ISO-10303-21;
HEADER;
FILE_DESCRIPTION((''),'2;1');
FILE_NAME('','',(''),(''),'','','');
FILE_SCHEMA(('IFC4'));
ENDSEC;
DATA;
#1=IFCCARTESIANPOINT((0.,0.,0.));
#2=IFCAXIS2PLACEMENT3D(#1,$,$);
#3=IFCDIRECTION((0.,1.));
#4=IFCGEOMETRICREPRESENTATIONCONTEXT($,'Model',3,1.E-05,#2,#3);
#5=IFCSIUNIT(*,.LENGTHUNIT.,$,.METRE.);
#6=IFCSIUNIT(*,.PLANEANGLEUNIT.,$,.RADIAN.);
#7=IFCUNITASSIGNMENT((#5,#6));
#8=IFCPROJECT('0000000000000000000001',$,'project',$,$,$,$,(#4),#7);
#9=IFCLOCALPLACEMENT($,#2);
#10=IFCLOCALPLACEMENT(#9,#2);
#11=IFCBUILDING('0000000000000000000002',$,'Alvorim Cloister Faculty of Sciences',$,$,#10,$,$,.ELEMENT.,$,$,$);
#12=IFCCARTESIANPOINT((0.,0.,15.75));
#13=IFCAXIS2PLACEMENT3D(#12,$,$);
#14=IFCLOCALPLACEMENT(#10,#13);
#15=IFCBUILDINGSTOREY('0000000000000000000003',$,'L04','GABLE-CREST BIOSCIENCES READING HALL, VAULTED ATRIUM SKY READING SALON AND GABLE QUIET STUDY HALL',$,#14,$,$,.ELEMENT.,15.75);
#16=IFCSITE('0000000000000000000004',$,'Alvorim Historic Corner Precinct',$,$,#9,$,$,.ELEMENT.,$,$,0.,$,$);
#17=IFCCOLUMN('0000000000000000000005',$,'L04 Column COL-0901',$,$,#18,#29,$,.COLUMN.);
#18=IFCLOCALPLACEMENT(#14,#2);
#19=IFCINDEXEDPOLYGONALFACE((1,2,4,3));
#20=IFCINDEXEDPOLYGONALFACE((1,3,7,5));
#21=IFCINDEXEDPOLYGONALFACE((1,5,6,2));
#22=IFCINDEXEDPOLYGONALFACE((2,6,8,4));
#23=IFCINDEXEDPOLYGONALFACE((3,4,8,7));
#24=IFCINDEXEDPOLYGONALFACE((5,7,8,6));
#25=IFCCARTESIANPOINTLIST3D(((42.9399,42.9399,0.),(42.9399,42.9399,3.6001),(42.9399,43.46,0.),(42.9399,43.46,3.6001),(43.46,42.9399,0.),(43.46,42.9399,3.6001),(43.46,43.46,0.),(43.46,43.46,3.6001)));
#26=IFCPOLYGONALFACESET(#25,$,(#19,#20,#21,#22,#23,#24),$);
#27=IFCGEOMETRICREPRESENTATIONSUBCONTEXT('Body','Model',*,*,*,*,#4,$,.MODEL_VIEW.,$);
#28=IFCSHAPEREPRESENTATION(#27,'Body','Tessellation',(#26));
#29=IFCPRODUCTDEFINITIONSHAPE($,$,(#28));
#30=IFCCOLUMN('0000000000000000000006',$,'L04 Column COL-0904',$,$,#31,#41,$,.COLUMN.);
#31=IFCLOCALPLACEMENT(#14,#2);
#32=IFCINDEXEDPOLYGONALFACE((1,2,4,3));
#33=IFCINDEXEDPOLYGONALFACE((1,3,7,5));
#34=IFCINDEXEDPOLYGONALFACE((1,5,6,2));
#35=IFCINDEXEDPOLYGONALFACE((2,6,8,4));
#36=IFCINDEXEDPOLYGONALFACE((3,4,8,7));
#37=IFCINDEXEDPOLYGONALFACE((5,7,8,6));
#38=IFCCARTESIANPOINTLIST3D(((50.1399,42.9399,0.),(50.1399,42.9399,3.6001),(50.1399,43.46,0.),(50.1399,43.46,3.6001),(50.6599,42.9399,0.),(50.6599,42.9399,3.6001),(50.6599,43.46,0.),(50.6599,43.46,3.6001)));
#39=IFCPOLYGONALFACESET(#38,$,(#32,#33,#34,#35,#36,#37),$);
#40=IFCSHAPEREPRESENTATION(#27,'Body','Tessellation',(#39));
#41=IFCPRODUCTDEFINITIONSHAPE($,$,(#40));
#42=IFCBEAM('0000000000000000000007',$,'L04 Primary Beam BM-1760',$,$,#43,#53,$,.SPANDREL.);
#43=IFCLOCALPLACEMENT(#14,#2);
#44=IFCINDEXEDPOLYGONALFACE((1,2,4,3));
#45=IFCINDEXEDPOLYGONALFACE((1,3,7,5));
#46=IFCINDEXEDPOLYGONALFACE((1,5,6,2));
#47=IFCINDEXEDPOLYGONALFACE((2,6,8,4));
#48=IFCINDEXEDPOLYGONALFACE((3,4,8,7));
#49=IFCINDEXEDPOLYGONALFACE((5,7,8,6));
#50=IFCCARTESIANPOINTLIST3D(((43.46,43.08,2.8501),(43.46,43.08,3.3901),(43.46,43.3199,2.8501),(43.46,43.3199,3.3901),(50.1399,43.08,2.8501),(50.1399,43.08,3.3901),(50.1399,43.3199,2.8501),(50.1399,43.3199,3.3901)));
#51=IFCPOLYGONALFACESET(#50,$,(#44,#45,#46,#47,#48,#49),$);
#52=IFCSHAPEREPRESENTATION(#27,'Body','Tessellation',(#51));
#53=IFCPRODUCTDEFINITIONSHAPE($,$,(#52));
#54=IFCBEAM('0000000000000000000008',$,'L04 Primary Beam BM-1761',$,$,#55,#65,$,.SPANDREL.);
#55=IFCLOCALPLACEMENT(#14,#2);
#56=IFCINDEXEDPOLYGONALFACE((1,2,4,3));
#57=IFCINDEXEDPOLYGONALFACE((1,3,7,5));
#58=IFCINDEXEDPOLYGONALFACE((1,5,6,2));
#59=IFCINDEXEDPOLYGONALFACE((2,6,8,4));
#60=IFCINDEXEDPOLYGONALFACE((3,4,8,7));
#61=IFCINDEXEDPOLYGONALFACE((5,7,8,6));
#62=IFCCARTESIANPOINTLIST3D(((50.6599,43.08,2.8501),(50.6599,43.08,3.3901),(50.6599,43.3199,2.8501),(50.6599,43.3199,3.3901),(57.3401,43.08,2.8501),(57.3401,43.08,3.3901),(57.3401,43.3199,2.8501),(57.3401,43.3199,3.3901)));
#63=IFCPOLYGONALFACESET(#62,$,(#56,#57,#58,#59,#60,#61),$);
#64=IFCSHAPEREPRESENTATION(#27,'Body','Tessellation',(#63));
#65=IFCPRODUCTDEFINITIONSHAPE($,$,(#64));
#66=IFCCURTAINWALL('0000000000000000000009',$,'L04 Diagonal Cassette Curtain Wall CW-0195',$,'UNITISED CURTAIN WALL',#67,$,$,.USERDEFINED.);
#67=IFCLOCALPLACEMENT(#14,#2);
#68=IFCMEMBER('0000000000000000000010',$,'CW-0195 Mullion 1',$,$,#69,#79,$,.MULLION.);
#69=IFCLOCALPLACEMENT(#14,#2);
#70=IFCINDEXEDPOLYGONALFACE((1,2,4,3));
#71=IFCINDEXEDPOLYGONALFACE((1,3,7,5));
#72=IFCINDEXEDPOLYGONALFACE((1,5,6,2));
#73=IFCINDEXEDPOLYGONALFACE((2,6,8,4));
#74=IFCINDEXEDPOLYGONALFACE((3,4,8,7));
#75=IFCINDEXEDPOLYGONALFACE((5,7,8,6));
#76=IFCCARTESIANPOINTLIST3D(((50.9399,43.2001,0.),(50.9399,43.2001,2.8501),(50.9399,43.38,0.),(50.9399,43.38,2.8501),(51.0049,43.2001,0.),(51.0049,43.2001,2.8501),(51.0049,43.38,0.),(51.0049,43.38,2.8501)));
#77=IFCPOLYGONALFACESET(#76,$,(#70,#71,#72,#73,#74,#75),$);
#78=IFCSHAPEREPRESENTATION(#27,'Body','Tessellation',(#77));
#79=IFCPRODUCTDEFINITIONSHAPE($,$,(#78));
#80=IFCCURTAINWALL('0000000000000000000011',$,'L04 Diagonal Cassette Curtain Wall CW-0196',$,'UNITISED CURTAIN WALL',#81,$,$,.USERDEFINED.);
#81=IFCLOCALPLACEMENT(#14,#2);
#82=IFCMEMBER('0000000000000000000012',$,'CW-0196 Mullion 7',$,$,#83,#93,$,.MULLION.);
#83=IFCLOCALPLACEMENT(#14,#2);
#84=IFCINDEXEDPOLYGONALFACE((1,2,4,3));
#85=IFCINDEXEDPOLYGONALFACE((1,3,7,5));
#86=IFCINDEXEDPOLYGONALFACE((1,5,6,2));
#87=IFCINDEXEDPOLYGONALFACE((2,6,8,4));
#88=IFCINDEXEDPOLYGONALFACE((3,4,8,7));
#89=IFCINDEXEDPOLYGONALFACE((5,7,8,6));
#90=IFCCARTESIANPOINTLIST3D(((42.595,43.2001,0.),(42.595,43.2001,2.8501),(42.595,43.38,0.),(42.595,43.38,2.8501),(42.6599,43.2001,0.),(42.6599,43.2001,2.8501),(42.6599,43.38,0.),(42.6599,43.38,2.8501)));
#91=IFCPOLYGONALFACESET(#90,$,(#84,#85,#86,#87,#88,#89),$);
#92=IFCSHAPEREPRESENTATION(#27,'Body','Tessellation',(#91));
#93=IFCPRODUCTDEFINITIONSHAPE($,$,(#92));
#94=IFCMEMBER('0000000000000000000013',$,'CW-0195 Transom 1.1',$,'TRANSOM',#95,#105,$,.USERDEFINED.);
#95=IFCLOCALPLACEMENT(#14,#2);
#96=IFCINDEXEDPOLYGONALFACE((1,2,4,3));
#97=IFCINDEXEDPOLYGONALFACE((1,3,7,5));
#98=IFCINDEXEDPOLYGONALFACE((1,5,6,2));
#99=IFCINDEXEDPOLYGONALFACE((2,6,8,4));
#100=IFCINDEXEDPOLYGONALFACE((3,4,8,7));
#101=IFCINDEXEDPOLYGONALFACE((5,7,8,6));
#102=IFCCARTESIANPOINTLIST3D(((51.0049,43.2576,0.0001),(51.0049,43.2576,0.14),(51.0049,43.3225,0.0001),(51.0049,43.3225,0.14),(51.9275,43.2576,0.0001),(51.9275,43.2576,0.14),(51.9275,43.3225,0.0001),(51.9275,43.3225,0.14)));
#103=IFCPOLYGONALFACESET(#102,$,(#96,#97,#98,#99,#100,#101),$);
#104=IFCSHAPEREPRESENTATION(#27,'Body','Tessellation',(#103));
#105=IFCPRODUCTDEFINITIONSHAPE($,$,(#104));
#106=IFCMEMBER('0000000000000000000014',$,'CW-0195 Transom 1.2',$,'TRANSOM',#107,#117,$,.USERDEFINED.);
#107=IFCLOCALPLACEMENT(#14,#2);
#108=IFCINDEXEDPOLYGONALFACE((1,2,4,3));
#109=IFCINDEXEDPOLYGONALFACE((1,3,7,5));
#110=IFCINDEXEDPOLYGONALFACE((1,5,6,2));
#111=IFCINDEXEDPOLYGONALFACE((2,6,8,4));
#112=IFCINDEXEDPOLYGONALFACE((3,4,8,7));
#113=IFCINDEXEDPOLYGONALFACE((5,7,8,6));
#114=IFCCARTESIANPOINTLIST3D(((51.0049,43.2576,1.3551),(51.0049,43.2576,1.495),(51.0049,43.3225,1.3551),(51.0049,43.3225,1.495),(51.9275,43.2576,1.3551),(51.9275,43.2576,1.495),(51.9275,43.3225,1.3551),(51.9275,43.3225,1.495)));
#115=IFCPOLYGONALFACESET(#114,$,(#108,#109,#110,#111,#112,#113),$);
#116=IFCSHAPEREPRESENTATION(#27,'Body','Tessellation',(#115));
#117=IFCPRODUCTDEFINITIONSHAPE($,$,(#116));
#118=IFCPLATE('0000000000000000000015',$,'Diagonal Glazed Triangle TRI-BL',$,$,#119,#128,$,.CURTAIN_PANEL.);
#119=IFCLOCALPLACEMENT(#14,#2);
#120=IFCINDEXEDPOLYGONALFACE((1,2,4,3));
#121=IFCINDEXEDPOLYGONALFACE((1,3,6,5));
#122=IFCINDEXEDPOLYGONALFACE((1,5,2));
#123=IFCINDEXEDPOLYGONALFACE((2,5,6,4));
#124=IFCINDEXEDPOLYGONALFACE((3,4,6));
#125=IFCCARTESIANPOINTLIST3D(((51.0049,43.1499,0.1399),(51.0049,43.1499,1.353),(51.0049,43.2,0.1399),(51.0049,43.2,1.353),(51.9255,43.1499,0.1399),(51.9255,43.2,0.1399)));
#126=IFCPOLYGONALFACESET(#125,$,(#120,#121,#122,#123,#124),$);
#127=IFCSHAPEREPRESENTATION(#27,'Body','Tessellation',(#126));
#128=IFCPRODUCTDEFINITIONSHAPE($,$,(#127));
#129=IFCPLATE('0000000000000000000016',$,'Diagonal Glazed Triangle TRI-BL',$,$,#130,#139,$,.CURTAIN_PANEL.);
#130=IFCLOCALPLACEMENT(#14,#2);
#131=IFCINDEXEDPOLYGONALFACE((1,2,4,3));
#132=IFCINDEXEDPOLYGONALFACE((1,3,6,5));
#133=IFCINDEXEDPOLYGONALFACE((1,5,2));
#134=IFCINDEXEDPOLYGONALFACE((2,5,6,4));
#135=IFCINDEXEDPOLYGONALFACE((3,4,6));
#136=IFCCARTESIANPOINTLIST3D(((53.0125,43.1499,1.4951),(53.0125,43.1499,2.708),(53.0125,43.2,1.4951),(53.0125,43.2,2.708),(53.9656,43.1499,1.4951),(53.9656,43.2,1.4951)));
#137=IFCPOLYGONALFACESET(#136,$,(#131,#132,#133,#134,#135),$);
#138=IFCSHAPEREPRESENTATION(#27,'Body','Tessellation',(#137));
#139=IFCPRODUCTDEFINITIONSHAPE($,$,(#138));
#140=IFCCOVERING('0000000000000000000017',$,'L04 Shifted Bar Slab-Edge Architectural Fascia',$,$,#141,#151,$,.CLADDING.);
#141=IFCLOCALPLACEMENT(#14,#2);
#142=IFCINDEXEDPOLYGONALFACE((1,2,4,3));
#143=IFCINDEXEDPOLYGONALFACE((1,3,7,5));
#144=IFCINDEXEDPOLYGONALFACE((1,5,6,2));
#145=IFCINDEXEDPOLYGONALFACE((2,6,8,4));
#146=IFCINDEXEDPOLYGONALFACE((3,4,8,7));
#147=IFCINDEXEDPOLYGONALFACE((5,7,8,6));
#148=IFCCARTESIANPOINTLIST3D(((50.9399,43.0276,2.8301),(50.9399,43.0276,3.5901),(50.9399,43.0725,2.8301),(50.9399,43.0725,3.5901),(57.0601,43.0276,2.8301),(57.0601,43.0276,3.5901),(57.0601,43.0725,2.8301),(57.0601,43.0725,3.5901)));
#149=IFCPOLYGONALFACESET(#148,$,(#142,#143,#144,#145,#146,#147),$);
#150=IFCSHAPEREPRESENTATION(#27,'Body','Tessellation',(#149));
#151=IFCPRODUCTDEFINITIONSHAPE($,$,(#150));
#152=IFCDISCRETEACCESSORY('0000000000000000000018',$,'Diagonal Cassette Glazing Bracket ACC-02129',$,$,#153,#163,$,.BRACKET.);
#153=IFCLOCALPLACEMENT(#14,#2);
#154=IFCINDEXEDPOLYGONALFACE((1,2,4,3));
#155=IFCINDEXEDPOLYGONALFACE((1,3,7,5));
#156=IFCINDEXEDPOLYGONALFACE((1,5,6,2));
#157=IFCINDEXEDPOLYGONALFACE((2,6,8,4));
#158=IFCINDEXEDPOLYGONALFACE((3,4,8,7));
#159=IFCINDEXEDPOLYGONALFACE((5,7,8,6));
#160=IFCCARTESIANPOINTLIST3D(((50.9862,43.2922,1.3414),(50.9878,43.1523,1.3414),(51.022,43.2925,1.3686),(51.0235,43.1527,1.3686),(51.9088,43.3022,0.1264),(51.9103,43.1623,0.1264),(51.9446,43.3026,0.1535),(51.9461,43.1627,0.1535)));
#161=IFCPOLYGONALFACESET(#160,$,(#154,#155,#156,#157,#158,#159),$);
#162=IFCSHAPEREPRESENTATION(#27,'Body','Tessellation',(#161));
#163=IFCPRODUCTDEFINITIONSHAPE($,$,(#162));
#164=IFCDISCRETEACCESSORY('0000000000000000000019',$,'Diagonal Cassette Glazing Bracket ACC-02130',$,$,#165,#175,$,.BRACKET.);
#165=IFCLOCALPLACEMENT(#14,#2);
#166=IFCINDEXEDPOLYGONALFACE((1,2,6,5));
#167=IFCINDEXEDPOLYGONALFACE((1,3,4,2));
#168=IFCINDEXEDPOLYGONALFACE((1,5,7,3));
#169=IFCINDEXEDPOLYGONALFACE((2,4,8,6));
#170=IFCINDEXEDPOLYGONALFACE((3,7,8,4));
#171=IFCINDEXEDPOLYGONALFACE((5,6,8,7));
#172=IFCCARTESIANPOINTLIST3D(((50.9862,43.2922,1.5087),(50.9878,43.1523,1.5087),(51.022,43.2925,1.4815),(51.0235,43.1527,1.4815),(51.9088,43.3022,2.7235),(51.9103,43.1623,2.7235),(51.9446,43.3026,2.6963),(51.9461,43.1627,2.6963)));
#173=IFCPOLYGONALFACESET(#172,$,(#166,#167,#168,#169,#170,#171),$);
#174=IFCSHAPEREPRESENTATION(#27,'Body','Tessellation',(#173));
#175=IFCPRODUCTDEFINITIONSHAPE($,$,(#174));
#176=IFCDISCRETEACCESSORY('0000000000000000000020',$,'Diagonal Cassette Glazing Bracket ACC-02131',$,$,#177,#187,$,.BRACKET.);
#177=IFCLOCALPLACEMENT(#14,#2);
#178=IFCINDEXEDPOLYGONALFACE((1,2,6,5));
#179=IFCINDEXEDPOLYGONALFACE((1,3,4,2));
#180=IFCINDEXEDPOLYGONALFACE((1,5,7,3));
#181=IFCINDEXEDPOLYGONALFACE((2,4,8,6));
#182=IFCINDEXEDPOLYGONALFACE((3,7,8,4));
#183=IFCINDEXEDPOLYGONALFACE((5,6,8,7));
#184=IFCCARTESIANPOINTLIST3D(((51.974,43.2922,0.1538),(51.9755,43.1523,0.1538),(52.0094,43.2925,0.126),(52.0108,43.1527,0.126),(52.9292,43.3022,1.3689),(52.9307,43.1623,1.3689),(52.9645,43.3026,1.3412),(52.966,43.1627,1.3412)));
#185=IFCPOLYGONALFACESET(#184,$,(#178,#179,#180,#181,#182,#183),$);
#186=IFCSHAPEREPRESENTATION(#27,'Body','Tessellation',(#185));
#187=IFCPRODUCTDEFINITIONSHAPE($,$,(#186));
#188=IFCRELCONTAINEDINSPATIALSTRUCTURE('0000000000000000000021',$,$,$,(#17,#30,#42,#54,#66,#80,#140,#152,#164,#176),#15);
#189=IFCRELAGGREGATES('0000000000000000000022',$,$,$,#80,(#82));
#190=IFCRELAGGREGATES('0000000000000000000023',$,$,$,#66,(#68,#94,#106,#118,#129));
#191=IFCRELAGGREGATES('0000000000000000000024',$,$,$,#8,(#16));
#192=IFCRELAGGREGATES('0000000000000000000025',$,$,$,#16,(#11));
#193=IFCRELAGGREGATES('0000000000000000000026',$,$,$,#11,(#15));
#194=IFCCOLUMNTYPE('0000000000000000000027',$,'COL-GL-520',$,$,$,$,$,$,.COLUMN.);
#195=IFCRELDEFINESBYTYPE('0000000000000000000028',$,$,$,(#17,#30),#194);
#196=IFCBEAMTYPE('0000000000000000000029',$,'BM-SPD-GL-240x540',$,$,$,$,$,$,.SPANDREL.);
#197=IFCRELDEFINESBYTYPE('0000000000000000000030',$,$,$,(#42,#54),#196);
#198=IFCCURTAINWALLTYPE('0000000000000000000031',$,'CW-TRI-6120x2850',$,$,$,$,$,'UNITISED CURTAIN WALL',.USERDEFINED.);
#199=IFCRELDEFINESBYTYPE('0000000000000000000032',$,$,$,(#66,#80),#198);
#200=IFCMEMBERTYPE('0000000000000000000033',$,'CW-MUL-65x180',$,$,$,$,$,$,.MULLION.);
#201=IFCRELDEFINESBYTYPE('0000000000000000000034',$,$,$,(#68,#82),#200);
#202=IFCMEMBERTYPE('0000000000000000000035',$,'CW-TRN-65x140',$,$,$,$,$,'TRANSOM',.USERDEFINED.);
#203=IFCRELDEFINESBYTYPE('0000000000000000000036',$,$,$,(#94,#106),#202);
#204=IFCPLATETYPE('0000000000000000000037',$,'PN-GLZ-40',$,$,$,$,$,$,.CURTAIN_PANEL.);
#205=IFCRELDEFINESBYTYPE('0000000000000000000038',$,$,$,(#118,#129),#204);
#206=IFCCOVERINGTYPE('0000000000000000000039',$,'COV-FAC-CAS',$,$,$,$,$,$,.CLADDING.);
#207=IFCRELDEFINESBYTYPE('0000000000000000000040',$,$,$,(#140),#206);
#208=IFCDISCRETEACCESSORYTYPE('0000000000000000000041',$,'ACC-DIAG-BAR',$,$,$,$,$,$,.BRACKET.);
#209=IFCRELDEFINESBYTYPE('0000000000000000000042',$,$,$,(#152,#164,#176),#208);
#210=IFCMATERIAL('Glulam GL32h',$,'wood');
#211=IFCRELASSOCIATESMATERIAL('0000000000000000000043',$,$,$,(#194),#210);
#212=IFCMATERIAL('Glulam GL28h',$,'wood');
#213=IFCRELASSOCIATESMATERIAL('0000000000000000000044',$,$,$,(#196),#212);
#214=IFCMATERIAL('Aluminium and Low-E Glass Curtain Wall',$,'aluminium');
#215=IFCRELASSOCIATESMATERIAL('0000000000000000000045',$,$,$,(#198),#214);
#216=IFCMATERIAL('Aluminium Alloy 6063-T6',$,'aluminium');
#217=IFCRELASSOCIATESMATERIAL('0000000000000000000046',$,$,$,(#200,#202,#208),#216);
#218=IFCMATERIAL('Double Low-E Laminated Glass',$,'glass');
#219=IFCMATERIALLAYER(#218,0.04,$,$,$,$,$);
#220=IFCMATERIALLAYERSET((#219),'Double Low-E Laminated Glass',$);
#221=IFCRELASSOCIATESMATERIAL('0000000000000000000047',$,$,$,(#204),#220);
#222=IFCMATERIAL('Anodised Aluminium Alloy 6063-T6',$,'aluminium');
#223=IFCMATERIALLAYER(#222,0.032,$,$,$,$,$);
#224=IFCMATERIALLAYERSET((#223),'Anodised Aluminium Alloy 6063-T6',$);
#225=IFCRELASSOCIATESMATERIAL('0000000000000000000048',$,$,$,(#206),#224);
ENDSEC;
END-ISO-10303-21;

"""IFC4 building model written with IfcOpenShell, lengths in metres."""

from ifc_helpers import new_model, si_unit, direction, frame, origin, origin_2d, place, context, subcontext, project, spatial, polyline, rectangle, outline, extrude, material, layer, layer_set, material_profile, profile_set, type_object, element, aggregate, save


model = new_model("IFC4")

# Units and contexts
model_context = context("Model", 3, precision=1e-05, world=origin(), true_north=direction((0.0, 1.0)))
body_context = subcontext(model_context, "Body", "Model", "MODEL_VIEW")
ifc_project = project(units=[si_unit("LENGTHUNIT", "METRE"), si_unit("PLANEANGLEUNIT", "RADIAN")], contexts=[model_context])

# Site, building, storey
site_placement = place(None, origin())
site = spatial("IfcSite", under=ifc_project, at=site_placement, Name="Alvorim Historic Corner Precinct", CompositionType="ELEMENT", RefElevation=0.0)
building_placement = place(site_placement, origin())
building = spatial("IfcBuilding", under=site, at=building_placement, Name="Alvorim Cloister Faculty of Sciences", CompositionType="ELEMENT")
storey_placement = place(building_placement, frame((0.0, 0.0, 15.75)))
storey = spatial("IfcBuildingStorey", under=building, at=storey_placement, Name="L04", Description="GABLE-CREST BIOSCIENCES READING HALL, VAULTED ATRIUM SKY READING SALON AND GABLE QUIET STUDY HALL", CompositionType="ELEMENT", Elevation=15.75)

# Columns
ifc_material_1 = material(Name="Glulam GL32h", Category="wood")
ifc_material_profile_1 = material_profile(ifc_material_1, rectangle(XDim=0.52, YDim=0.52, at=origin_2d()), Name="GL32-COL-520x520")
ifc_profile_set_1 = profile_set([ifc_material_profile_1], Name="Glulam GL32h")
column_type = type_object("IfcColumnType", Name="COL-GL-520", PredefinedType="COLUMN", material=ifc_profile_set_1)
for number, where, z_axis, x_axis, name in (
    (1, (43.2, 43.2, 0.0), (0.0, 0.0, 1.0), (1.0, 0.0, 0.0), "L04 Column COL-0901"),
    (2, (50.3999, 43.2, 0.0), (0.0, 0.0, 1.0), (1.0, 0.0, 0.0), "L04 Column COL-0904"),
):
    element("IfcColumn", number, at=place(storey_placement, frame(where, z_axis=z_axis, x_axis=x_axis)), inside=storey, type_object=column_type, Name=name, PredefinedType="COLUMN", context=body_context, shape_type="SweptSolid", body=[
        extrude(rectangle(XDim=0.52, YDim=0.52, at=origin_2d()), origin(), (0.0, 0.0, 1.0), 3.6001),
    ])

# Beams
ifc_material_2 = material(Name="Glulam GL28h", Category="wood")
ifc_material_profile_2 = material_profile(ifc_material_2, rectangle(XDim=0.24, YDim=0.54, at=origin_2d()), Name="GL28-SPD-240x540")
ifc_profile_set_2 = profile_set([ifc_material_profile_2], Name="Glulam GL28h")
beam_type = type_object("IfcBeamType", Name="BM-SPD-GL-240x540", PredefinedType="SPANDREL", material=ifc_profile_set_2)
beam_1_placement = place(storey_placement, frame((43.46, 43.2, 3.1201), z_axis=(1.0, 0.0, 0.0), x_axis=(0.0, 1.0, 0.0)))
element("IfcBeam", 3, at=beam_1_placement, inside=storey, type_object=beam_type, Name="L04 Primary Beam BM-1760", PredefinedType="SPANDREL", context=body_context, shape_type="SweptSolid", body=[
    extrude(rectangle(XDim=0.24, YDim=0.54, at=origin_2d()), origin(), (0.0, 0.0, 1.0), 6.6799),
])
beam_2_placement = place(storey_placement, frame((50.6599, 43.2, 3.1201), z_axis=(1.0, 0.0, 0.0), x_axis=(0.0, 1.0, 0.0)))
element("IfcBeam", 4, at=beam_2_placement, inside=storey, type_object=beam_type, Name="L04 Primary Beam BM-1761", PredefinedType="SPANDREL", context=body_context, shape_type="SweptSolid", body=[
    extrude(rectangle(XDim=0.24, YDim=0.54, at=origin_2d()), origin(), (0.0, 0.0, 1.0), 6.6802),
])

# Curtain walls, members
ifc_material_3 = material(Name="Aluminium and Low-E Glass Curtain Wall", Category="aluminium")
curtain_wall_type = type_object("IfcCurtainWallType", Name="CW-TRI-6120x2850", ElementType="UNITISED CURTAIN WALL", PredefinedType="USERDEFINED", material=ifc_material_3)
curtain_wall_1_placement = place(storey_placement, origin())
curtain_wall_1 = element("IfcCurtainWall", 5, at=curtain_wall_1_placement, inside=storey, type_object=curtain_wall_type, Name="L04 Diagonal Cassette Curtain Wall CW-0195", ObjectType="UNITISED CURTAIN WALL", PredefinedType="USERDEFINED")
ifc_material_4 = material(Name="Aluminium Alloy 6063-T6", Category="aluminium")
ifc_material_profile_3 = material_profile(ifc_material_4, rectangle(XDim=0.0649, YDim=0.1799, at=origin_2d()), Name="ALU-MUL-65x180")
ifc_profile_set_3 = profile_set([ifc_material_profile_3], Name="Aluminium Alloy 6063-T6")
member_type_1 = type_object("IfcMemberType", Name="CW-MUL-65x180", PredefinedType="MULLION", material=ifc_profile_set_3)
member_1_placement = place(storey_placement, frame((50.9724, 43.29, 0.0), z_axis=(0.0, 0.0, 1.0), x_axis=(1.0, 0.0, 0.0)))
member_1 = element("IfcMember", 6, at=member_1_placement, type_object=member_type_1, Name="CW-0195 Mullion 1", PredefinedType="MULLION", context=body_context, shape_type="SweptSolid", body=[
    extrude(rectangle(XDim=0.0649, YDim=0.1799, at=origin_2d()), origin(), (0.0, 0.0, 1.0), 2.8501),
])
curtain_wall_2_placement = place(storey_placement, origin())
curtain_wall_2 = element("IfcCurtainWall", 7, at=curtain_wall_2_placement, inside=storey, type_object=curtain_wall_type, Name="L04 Diagonal Cassette Curtain Wall CW-0196", ObjectType="UNITISED CURTAIN WALL", PredefinedType="USERDEFINED")
member_2_placement = place(storey_placement, frame((42.6274, 43.29, 0.0), z_axis=(0.0, 0.0, 1.0), x_axis=(1.0, 0.0, 0.0)))
member_2 = element("IfcMember", 8, at=member_2_placement, type_object=member_type_1, Name="CW-0196 Mullion 7", PredefinedType="MULLION", context=body_context, shape_type="SweptSolid", body=[
    extrude(rectangle(XDim=0.0649, YDim=0.1799, at=origin_2d()), origin(), (0.0, 0.0, 1.0), 2.8501),
])
aggregate(curtain_wall_2, [member_2])

# Members
ifc_material_profile_4 = material_profile(ifc_material_4, rectangle(XDim=0.0649, YDim=0.1399, at=origin_2d()), Name="ALU-TRN-65x140")
ifc_profile_set_4 = profile_set([ifc_material_profile_4], Name="Aluminium Alloy 6063-T6")
member_type_2 = type_object("IfcMemberType", Name="CW-TRN-65x140", ElementType="TRANSOM", PredefinedType="USERDEFINED", material=ifc_profile_set_4)
member_3_placement = place(storey_placement, frame((51.0049, 43.29, 0.0701), z_axis=(1.0, 0.0, 0.0), x_axis=(0.0, 1.0, 0.0)))
member_3 = element("IfcMember", 9, at=member_3_placement, type_object=member_type_2, Name="CW-0195 Transom 1.1", ObjectType="TRANSOM", PredefinedType="USERDEFINED", context=body_context, shape_type="SweptSolid", body=[
    extrude(rectangle(XDim=0.0649, YDim=0.1399, at=origin_2d()), origin(), (0.0, 0.0, 1.0), 0.9226),
])
member_4_placement = place(storey_placement, frame((51.0049, 43.29, 1.425), z_axis=(1.0, 0.0, 0.0), x_axis=(0.0, 1.0, 0.0)))
member_4 = element("IfcMember", 10, at=member_4_placement, type_object=member_type_2, Name="CW-0195 Transom 1.2", ObjectType="TRANSOM", PredefinedType="USERDEFINED", context=body_context, shape_type="SweptSolid", body=[
    extrude(rectangle(XDim=0.0649, YDim=0.1399, at=origin_2d()), origin(), (0.0, 0.0, 1.0), 0.9226),
])

# Plates
ifc_material_5 = material(Name="Double Low-E Laminated Glass", Category="glass")
ifc_layer_1 = layer(ifc_material_5, 0.04)
ifc_layer_set_1 = layer_set([ifc_layer_1], Name="Double Low-E Laminated Glass")
plate_type = type_object("IfcPlateType", Name="PN-GLZ-40", PredefinedType="CURTAIN_PANEL", material=ifc_layer_set_1)
plate_1_placement = place(storey_placement, frame((51.0049, 43.175, 0.1399), z_axis=(0.0, 0.0, 1.0), x_axis=(1.0, 0.0, 0.0)))
plate_1 = element("IfcPlate", 11, at=plate_1_placement, type_object=plate_type, Name="Diagonal Glazed Triangle TRI-BL", PredefinedType="CURTAIN_PANEL", context=body_context, shape_type="SweptSolid", body=[
    extrude(outline(polyline([(0.0, 0.0), (0.9207, 0.0), (0.0, 1.2131), (0.0, 0.0)])), frame((0.0, 0.0249, 0.0), z_axis=(0.0, -1.0, 0.0), x_axis=(1.0, 0.0, 0.0)), (0.0, 0.0, 1.0), 0.05),
])
plate_2_placement = place(storey_placement, frame((53.0125, 43.175, 1.4951), z_axis=(0.0, 0.0, 1.0), x_axis=(1.0, 0.0, 0.0)))
plate_2 = element("IfcPlate", 12, at=plate_2_placement, type_object=plate_type, Name="Diagonal Glazed Triangle TRI-BL", PredefinedType="CURTAIN_PANEL", context=body_context, shape_type="SweptSolid", body=[
    extrude(outline(polyline([(0.0, 0.0), (0.9531, 0.0), (0.0, 1.2129), (0.0, 0.0)])), frame((0.0, 0.0249, 0.0), z_axis=(0.0, -1.0, 0.0), x_axis=(1.0, 0.0, 0.0)), (0.0, 0.0, 1.0), 0.05),
])
aggregate(curtain_wall_1, [member_1, member_3, member_4, plate_1, plate_2])

# Covering
ifc_material_6 = material(Name="Anodised Aluminium Alloy 6063-T6", Category="aluminium")
ifc_layer_2 = layer(ifc_material_6, 0.032)
ifc_layer_set_2 = layer_set([ifc_layer_2], Name="Anodised Aluminium Alloy 6063-T6")
covering_type = type_object("IfcCoveringType", Name="COV-FAC-CAS", PredefinedType="CLADDING", material=ifc_layer_set_2)
covering_placement = place(storey_placement, frame((50.9399, 43.05, 2.8301), z_axis=(0.0, 0.0, 1.0), x_axis=(1.0, 0.0, 0.0)))
element("IfcCovering", 13, at=covering_placement, inside=storey, type_object=covering_type, Name="L04 Shifted Bar Slab-Edge Architectural Fascia", PredefinedType="CLADDING", context=body_context, shape_type="SweptSolid", body=[
    extrude(outline(polyline([(0.0, 0.0), (6.1201, 0.0), (6.1201, 0.76), (0.0, 0.76), (0.0, 0.0)])), frame((0.0, 0.0225, 0.0), z_axis=(0.0, -1.0, 0.0), x_axis=(1.0, 0.0, 0.0)), (0.0, 0.0, 1.0), 0.0449),
])

# Discrete accessories
discrete_accessory_type = type_object("IfcDiscreteAccessoryType", Name="ACC-DIAG-BAR", PredefinedType="BRACKET", material=ifc_material_4)
discrete_accessory_1_placement = place(storey_placement, frame((51.0049, 43.2224, 1.355), z_axis=(0.604713, 0.006561, -0.796416), x_axis=(-0.010849, 0.999941, 0.0)))
element("IfcDiscreteAccessory", 14, at=discrete_accessory_1_placement, inside=storey, type_object=discrete_accessory_type, Name="Diagonal Cassette Glazing Bracket ACC-02129", PredefinedType="BRACKET", context=body_context, shape_type="SweptSolid", body=[
    extrude(rectangle(XDim=0.1399, YDim=0.0449, at=origin_2d()), origin(), (0.0, 0.0, 1.0), 1.5256),
])
discrete_accessory_2_placement = place(storey_placement, frame((51.0049, 43.2224, 1.4951), z_axis=(0.60479, 0.006562, 0.796358), x_axis=(-0.010849, 0.999941, 0.0)))
element("IfcDiscreteAccessory", 15, at=discrete_accessory_2_placement, inside=storey, type_object=discrete_accessory_type, Name="Diagonal Cassette Glazing Bracket ACC-02130", PredefinedType="BRACKET", context=body_context, shape_type="SweptSolid", body=[
    extrude(rectangle(XDim=0.1399, YDim=0.0449, at=origin_2d()), origin(), (0.0, 0.0, 1.0), 1.5254),
])
discrete_accessory_3_placement = place(storey_placement, frame((51.9924, 43.2224, 0.1399), z_axis=(0.617955, 0.006477, 0.786187), x_axis=(-0.01048, 0.999945, 0.0)))
element("IfcDiscreteAccessory", 16, at=discrete_accessory_3_placement, inside=storey, type_object=discrete_accessory_type, Name="Diagonal Cassette Glazing Bracket ACC-02131", PredefinedType="BRACKET", context=body_context, shape_type="SweptSolid", body=[
    extrude(rectangle(XDim=0.1399, YDim=0.0449, at=origin_2d()), origin(), (0.0, 0.0, 1.0), 1.5457),
])

save(model, "model.ifc")
